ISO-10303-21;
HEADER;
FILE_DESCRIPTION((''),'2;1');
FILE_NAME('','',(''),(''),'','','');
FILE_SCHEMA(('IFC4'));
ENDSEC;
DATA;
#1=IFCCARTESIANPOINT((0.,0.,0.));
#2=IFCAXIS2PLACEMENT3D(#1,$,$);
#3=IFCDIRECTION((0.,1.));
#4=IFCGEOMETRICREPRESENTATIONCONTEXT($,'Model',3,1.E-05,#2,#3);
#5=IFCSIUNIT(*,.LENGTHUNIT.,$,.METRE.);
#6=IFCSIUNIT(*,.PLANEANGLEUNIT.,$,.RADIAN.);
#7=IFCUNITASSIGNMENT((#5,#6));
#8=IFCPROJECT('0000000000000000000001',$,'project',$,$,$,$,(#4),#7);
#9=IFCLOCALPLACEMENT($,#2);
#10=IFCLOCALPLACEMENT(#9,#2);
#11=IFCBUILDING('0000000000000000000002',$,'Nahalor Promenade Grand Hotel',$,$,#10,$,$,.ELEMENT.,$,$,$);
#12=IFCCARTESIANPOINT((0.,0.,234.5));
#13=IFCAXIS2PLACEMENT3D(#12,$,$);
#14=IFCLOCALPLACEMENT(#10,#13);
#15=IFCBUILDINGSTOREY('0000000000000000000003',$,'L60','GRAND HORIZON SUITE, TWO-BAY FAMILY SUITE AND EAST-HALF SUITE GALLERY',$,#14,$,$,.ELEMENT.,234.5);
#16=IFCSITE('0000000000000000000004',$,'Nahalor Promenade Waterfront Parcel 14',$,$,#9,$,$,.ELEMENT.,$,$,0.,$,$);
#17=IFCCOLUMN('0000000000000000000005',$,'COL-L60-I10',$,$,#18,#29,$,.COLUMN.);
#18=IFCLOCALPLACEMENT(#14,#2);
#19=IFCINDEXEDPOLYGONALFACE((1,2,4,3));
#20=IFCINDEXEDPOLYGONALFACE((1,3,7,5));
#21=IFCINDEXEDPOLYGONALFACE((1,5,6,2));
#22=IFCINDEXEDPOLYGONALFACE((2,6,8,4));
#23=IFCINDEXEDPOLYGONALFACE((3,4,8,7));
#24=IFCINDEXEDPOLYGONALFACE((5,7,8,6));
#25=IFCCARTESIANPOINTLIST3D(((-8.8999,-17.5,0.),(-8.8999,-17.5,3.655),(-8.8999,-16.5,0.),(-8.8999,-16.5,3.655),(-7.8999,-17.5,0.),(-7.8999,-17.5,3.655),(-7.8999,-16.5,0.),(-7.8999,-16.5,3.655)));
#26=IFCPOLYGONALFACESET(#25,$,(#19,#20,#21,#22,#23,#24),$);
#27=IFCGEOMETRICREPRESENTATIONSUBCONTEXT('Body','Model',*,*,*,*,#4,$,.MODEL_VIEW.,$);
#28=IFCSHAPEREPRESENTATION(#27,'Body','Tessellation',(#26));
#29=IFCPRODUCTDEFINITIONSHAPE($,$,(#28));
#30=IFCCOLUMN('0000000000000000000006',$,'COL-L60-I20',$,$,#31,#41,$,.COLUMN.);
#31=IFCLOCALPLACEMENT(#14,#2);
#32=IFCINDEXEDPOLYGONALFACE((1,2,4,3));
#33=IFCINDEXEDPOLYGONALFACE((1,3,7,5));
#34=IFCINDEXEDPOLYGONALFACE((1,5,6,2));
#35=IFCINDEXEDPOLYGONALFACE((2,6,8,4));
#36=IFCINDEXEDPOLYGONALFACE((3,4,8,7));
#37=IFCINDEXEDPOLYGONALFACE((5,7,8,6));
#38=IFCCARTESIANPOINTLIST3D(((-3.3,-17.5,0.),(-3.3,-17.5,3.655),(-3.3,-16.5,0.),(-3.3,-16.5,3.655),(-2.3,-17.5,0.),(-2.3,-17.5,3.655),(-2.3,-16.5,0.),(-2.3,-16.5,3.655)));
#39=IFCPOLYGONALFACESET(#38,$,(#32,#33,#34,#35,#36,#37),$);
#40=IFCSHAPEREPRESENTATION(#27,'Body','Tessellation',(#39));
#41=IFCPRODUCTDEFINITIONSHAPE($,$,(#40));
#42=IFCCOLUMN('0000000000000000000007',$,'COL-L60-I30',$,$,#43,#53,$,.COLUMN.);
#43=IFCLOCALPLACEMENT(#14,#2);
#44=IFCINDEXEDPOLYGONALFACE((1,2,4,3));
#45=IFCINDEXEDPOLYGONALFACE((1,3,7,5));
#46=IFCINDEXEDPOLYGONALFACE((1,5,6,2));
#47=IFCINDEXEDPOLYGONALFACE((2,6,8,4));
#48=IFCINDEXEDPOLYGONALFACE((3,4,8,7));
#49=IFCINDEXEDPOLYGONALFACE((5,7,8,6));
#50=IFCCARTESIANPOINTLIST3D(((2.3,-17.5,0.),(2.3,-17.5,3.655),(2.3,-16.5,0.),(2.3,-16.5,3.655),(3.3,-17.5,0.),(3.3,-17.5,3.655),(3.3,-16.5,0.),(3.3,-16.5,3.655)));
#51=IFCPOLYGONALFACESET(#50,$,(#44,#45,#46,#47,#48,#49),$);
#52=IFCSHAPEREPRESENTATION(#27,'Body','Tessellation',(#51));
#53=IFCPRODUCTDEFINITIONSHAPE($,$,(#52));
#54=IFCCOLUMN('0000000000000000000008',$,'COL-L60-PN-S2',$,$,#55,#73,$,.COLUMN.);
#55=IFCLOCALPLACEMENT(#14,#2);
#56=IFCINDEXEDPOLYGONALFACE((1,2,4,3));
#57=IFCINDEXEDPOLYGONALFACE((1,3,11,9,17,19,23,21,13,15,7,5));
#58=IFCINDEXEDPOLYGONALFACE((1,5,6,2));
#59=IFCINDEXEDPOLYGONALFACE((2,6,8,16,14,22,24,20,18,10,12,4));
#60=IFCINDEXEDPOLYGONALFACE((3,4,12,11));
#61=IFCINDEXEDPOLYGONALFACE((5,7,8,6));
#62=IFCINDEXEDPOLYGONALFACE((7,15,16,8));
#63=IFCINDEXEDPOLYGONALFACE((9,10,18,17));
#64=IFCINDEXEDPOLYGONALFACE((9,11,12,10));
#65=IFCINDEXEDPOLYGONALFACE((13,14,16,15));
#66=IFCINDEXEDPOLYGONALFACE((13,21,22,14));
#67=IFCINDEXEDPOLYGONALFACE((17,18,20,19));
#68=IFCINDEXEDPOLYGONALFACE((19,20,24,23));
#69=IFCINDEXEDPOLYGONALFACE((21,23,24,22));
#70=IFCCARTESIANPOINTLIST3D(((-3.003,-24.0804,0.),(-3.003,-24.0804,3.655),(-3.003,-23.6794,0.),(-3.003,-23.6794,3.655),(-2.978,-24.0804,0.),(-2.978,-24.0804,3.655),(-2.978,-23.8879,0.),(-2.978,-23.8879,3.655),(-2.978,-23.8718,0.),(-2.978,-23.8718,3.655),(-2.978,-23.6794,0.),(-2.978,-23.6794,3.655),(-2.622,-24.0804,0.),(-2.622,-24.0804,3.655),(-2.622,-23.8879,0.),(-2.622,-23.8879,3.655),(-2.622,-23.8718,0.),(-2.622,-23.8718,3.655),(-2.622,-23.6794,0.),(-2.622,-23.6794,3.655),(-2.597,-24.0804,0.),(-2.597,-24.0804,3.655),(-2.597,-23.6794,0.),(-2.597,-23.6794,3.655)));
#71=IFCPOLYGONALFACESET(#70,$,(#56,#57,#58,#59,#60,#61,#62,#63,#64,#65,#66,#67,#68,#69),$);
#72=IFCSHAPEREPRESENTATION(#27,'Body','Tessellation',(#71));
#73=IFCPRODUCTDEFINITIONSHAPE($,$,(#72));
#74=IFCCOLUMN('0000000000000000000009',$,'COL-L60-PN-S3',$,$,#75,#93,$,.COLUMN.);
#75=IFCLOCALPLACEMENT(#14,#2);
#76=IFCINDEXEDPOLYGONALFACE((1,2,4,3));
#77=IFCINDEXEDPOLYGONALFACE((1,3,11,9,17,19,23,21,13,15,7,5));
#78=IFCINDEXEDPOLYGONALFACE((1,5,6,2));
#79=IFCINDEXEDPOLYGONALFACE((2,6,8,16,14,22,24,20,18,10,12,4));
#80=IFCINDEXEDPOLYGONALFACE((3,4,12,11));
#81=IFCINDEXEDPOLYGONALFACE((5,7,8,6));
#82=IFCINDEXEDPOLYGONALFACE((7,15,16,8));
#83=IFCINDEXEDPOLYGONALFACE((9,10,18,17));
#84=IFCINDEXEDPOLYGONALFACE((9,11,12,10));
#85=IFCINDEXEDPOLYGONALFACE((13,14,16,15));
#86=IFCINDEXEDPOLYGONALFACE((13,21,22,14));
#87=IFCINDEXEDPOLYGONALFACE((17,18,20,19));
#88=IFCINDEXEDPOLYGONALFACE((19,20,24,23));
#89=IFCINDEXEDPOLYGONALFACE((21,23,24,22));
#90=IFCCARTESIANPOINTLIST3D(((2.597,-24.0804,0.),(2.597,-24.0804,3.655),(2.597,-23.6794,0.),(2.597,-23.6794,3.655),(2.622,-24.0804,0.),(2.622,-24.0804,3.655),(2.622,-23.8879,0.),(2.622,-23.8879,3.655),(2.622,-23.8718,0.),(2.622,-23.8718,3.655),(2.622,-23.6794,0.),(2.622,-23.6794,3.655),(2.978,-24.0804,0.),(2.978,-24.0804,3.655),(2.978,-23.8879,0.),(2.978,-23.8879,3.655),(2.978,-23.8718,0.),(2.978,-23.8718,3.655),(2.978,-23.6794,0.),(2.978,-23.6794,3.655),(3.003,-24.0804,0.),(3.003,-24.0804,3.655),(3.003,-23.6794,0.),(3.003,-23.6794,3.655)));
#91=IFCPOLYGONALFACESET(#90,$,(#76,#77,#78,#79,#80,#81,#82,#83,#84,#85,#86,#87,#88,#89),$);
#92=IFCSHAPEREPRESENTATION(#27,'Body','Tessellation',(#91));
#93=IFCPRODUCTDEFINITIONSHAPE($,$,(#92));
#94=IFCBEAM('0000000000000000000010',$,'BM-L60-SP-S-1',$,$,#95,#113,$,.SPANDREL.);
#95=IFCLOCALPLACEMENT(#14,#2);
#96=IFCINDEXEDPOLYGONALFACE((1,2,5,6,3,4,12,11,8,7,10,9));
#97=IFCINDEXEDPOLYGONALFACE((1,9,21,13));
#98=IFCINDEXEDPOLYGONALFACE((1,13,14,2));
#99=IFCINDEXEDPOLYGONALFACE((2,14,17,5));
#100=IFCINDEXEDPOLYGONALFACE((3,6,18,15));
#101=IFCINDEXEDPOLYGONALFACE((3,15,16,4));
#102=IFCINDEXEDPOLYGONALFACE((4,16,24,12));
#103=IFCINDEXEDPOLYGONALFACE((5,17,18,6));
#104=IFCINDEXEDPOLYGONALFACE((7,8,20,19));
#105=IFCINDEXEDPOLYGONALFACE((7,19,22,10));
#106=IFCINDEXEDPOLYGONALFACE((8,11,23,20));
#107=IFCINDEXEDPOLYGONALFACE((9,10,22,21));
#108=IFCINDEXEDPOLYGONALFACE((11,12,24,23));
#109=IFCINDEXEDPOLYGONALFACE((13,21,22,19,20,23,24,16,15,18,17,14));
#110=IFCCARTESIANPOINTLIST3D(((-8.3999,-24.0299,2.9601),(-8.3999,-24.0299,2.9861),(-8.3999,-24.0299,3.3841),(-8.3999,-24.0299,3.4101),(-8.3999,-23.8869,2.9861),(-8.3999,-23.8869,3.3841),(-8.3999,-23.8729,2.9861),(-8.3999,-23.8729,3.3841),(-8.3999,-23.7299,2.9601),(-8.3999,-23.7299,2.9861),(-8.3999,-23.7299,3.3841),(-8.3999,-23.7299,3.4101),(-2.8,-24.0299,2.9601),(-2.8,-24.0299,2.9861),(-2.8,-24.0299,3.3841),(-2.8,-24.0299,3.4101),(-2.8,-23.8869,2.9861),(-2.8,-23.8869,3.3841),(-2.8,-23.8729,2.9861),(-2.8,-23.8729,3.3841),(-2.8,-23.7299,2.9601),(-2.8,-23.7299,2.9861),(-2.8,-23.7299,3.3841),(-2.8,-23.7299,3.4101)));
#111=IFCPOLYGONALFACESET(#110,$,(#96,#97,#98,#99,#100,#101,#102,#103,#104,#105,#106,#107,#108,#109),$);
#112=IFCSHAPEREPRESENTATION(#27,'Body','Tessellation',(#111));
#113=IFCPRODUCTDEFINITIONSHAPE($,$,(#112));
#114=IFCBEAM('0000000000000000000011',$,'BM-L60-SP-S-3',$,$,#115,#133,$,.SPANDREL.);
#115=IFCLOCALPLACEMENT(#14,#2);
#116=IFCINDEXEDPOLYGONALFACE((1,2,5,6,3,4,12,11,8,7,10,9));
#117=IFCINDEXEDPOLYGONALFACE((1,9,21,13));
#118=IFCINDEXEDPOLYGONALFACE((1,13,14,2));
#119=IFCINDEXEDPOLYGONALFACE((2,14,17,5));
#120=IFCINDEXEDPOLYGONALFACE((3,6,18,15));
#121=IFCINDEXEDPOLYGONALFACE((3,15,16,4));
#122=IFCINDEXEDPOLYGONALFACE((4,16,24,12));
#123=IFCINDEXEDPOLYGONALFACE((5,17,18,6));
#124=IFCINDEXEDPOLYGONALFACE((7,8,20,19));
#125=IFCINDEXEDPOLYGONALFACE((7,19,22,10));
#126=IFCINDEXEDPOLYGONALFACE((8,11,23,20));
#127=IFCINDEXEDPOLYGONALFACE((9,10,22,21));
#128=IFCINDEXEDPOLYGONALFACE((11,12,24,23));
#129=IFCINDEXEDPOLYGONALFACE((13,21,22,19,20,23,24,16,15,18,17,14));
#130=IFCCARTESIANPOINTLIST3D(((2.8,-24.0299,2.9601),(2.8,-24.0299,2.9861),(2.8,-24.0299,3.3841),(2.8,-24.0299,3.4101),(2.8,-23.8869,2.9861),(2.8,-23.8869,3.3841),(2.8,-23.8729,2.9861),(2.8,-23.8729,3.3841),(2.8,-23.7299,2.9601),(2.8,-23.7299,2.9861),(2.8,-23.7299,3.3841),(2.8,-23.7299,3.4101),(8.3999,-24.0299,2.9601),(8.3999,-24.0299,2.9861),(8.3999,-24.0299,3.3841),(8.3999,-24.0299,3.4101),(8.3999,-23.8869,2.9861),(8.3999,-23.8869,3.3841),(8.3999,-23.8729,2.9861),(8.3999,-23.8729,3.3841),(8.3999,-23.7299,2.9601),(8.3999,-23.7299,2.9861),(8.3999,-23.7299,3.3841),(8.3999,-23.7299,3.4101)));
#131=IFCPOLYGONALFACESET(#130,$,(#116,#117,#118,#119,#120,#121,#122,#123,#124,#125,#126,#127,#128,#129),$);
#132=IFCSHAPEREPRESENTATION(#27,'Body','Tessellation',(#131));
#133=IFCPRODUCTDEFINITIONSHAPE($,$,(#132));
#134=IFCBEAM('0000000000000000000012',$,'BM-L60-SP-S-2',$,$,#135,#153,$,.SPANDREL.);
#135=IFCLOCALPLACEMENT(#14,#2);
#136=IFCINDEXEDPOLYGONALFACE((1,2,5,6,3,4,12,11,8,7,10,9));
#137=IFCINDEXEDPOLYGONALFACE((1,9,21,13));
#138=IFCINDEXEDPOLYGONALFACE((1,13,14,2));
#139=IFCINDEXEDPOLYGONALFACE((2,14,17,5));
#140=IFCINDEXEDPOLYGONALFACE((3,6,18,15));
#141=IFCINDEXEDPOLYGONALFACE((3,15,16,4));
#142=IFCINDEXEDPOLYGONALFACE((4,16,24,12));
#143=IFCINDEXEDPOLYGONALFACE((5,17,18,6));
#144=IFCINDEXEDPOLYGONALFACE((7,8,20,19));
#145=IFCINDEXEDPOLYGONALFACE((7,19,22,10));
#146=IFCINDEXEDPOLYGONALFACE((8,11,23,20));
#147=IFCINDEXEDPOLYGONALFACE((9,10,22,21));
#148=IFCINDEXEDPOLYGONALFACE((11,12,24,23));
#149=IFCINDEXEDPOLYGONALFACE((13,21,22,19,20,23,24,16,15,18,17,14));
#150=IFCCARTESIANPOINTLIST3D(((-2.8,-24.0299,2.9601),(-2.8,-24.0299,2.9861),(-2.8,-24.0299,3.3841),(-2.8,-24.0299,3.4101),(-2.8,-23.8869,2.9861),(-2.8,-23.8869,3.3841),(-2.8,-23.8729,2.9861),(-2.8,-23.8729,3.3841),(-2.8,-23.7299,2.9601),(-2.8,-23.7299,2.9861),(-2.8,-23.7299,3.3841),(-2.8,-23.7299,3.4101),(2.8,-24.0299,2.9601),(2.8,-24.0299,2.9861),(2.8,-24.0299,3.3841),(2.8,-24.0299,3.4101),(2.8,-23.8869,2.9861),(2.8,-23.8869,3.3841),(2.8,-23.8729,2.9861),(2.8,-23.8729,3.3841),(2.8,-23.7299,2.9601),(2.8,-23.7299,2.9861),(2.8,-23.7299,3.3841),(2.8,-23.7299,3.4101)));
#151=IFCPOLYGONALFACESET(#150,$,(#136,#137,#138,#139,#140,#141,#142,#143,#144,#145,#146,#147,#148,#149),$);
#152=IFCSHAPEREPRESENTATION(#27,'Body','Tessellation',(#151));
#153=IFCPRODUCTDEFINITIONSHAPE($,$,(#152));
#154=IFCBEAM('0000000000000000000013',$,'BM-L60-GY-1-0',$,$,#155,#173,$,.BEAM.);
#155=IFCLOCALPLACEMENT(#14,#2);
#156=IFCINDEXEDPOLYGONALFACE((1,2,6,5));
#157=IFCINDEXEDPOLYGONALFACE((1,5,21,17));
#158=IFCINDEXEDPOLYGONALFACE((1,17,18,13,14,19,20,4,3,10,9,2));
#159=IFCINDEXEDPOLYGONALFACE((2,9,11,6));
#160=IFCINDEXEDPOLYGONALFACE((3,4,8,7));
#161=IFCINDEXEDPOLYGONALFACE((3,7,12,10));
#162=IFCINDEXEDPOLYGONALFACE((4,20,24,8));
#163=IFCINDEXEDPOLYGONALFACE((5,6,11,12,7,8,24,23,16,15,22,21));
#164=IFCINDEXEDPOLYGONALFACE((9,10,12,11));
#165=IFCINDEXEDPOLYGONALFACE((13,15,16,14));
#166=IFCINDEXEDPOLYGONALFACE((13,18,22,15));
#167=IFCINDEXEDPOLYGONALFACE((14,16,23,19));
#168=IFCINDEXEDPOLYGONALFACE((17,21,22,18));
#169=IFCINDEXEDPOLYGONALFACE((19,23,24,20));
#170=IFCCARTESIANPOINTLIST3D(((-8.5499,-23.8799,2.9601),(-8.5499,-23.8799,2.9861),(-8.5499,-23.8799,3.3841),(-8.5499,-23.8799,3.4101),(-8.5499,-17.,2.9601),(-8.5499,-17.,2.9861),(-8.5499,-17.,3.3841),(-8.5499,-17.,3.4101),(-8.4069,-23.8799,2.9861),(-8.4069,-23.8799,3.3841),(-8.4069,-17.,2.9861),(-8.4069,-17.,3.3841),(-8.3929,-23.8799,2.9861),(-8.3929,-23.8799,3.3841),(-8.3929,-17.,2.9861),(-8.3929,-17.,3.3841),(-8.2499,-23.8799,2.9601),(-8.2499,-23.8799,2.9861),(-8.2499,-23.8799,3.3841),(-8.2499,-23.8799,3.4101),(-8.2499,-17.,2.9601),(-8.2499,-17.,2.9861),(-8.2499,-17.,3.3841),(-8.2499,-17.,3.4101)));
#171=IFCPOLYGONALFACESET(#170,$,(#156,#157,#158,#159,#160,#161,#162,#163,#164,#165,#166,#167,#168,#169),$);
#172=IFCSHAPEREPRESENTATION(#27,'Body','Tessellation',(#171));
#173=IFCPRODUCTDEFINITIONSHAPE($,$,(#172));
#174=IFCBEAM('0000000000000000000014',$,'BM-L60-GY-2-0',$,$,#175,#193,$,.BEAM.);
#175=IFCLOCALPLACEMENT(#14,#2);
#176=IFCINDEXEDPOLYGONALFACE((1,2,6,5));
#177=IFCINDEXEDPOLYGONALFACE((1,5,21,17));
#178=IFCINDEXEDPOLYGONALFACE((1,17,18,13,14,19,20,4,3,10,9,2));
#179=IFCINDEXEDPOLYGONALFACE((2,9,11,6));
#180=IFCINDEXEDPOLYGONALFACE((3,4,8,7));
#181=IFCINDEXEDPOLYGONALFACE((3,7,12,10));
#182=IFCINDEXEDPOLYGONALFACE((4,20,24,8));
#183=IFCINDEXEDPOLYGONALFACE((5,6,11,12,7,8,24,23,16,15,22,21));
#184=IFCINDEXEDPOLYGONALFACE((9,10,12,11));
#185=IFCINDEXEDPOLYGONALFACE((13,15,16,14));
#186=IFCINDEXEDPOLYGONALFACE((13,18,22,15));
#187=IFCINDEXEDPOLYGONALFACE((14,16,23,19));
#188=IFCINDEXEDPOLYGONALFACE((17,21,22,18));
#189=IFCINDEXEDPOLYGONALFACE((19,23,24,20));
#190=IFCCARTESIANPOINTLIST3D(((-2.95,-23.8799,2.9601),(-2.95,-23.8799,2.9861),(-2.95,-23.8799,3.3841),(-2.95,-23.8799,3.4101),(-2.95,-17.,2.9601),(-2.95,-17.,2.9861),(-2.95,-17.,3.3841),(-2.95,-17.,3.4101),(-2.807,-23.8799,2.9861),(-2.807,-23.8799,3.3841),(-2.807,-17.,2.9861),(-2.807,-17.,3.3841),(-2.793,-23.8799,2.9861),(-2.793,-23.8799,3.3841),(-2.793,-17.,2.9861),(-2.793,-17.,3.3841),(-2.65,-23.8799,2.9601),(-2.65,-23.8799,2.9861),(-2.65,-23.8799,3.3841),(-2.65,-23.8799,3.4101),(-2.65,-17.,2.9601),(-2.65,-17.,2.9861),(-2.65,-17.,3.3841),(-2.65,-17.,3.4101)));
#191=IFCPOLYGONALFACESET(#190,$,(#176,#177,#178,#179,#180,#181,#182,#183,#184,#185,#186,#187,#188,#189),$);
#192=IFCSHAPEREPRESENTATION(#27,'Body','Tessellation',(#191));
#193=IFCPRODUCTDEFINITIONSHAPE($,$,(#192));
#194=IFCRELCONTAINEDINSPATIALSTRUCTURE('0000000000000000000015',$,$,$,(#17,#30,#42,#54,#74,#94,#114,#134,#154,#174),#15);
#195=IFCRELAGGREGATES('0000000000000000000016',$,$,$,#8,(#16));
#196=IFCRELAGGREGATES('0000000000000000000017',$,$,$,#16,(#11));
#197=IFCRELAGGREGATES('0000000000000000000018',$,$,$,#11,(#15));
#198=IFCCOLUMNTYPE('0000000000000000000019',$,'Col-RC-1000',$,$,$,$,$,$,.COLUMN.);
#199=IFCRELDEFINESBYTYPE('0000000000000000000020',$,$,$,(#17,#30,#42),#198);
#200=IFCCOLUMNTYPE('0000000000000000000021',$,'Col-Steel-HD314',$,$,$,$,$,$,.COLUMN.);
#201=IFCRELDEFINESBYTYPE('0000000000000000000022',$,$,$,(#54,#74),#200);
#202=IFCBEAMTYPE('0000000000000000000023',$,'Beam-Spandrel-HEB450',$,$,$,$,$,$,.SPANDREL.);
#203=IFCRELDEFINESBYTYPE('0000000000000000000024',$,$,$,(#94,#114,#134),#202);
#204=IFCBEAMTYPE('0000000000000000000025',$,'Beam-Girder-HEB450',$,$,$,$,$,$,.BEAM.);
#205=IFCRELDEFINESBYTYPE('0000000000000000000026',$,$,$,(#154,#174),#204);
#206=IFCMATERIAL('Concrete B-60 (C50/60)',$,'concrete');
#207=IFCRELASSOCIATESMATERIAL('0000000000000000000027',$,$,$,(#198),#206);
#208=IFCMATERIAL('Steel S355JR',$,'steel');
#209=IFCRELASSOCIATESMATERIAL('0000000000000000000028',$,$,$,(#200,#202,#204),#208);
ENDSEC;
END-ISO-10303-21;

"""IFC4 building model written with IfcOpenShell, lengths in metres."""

from ifc_helpers import new_model, si_unit, direction, frame, origin, origin_2d, place, context, subcontext, project, spatial, rectangle, i_section, extrude, source, transform, mapped, material, material_profile, profile_set, type_object, element, save


model = new_model("IFC4")

# Units and contexts
model_context = context("Model", 3, precision=1e-05, world=origin(), true_north=direction((0.0, 1.0)))
body_context = subcontext(model_context, "Body", "Model", "MODEL_VIEW")
ifc_project = project(units=[si_unit("LENGTHUNIT", "METRE"), si_unit("PLANEANGLEUNIT", "RADIAN")], contexts=[model_context])

# Site, building, storey
site_placement = place(None, origin())
site = spatial("IfcSite", under=ifc_project, at=site_placement, Name="Nahalor Promenade Waterfront Parcel 14", CompositionType="ELEMENT", RefElevation=0.0)
building_placement = place(site_placement, origin())
building = spatial("IfcBuilding", under=site, at=building_placement, Name="Nahalor Promenade Grand Hotel", CompositionType="ELEMENT")
storey_placement = place(building_placement, frame((0.0, 0.0, 234.5)))
storey = spatial("IfcBuildingStorey", under=building, at=storey_placement, Name="L60", Description="GRAND HORIZON SUITE, TWO-BAY FAMILY SUITE AND EAST-HALF SUITE GALLERY", CompositionType="ELEMENT", Elevation=234.5)

# Columns
ifc_material_1 = material(Name="Concrete B-60 (C50/60)", Category="concrete")
ifc_material_profile_1 = material_profile(ifc_material_1, rectangle(XDim=1.0, YDim=1.0, at=origin_2d()), Name="RC 1000x1000")
ifc_profile_set_1 = profile_set([ifc_material_profile_1], Name="Concrete B-60 (C50/60)")
column_type_1 = type_object("IfcColumnType", Name="Col-RC-1000", PredefinedType="COLUMN", material=ifc_profile_set_1)
shared_shape_1 = source(origin(), body_context, "Body", "SweptSolid", [
    extrude(rectangle(XDim=1.0, YDim=1.0, at=origin_2d()), origin(), (0.0, 0.0, 1.0), 3.655),
])
for number, where, z_axis, x_axis, name in (
    (1, (-8.3999, -17.0, 0.0), (0.0, 0.0, 1.0), (1.0, 0.0, 0.0), "COL-L60-I10"),
    (2, (-2.8, -17.0, 0.0), (0.0, 0.0, 1.0), (1.0, 0.0, 0.0), "COL-L60-I20"),
    (3, (2.8, -17.0, 0.0), (0.0, 0.0, 1.0), (1.0, 0.0, 0.0), "COL-L60-I30"),
):
    element("IfcColumn", number, at=place(storey_placement, frame(where, z_axis=z_axis, x_axis=x_axis)), inside=storey, type_object=column_type_1, Name=name, PredefinedType="COLUMN", context=body_context, shape_type="MappedRepresentation", body=[
        mapped(shared_shape_1, transform((0.0, 0.0, 0.0), scale=1.0)),
    ])
ifc_material_2 = material(Name="Steel S355JR", Category="steel")
ifc_material_profile_2 = material_profile(ifc_material_2, i_section(OverallWidth=0.401, OverallDepth=0.406, WebThickness=0.0161, FlangeThickness=0.025, at=origin_2d()), Name="HD 400x314")
ifc_profile_set_2 = profile_set([ifc_material_profile_2], Name="Steel S355JR")
column_type_2 = type_object("IfcColumnType", Name="Col-Steel-HD314", PredefinedType="COLUMN", material=ifc_profile_set_2)
shared_shape_2 = source(origin(), body_context, "Body", "SweptSolid", [
    extrude(i_section(OverallWidth=0.401, OverallDepth=0.406, WebThickness=0.0161, FlangeThickness=0.025, at=origin_2d()), origin(), (0.0, 0.0, 1.0), 3.655),
])
for number, where, z_axis, x_axis, name in (
    (4, (-2.8, -23.8799, 0.0), (0.0, 0.0, 1.0), (0.0, 1.0, 0.0), "COL-L60-PN-S2"),
    (5, (2.8, -23.8799, 0.0), (0.0, 0.0, 1.0), (0.0, 1.0, 0.0), "COL-L60-PN-S3"),
):
    element("IfcColumn", number, at=place(storey_placement, frame(where, z_axis=z_axis, x_axis=x_axis)), inside=storey, type_object=column_type_2, Name=name, PredefinedType="COLUMN", context=body_context, shape_type="MappedRepresentation", body=[
        mapped(shared_shape_2, transform((0.0, 0.0, 0.0), scale=1.0)),
    ])

# Beams
ifc_material_profile_3 = material_profile(ifc_material_2, i_section(OverallWidth=0.3, OverallDepth=0.45, WebThickness=0.014, FlangeThickness=0.026, at=origin_2d()), Name="HEB 450")
ifc_profile_set_3 = profile_set([ifc_material_profile_3], Name="Steel S355JR")
beam_type_1 = type_object("IfcBeamType", Name="Beam-Spandrel-HEB450", PredefinedType="SPANDREL", material=ifc_profile_set_3)
shared_shape_3 = source(origin(), body_context, "Body", "SweptSolid", [
    extrude(i_section(OverallWidth=0.3, OverallDepth=0.45, WebThickness=0.014, FlangeThickness=0.026, at=origin_2d()), origin(), (0.0, 0.0, 1.0), 5.5999),
])
for number, where, z_axis, x_axis, name in (
    (6, (-8.3999, -23.8799, 3.1851), (1.0, 0.0, 0.0), (0.0, 1.0, 0.0), "BM-L60-SP-S-1"),
    (7, (2.8, -23.8799, 3.1851), (1.0, 0.0, 0.0), (0.0, 1.0, 0.0), "BM-L60-SP-S-3"),
):
    element("IfcBeam", number, at=place(storey_placement, frame(where, z_axis=z_axis, x_axis=x_axis)), inside=storey, type_object=beam_type_1, Name=name, PredefinedType="SPANDREL", context=body_context, shape_type="MappedRepresentation", body=[
        mapped(shared_shape_3, transform((0.0, 0.0, 0.0), scale=1.0)),
    ])
shared_shape_4 = source(origin(), body_context, "Body", "SweptSolid", [
    extrude(i_section(OverallWidth=0.3, OverallDepth=0.45, WebThickness=0.014, FlangeThickness=0.026, at=origin_2d()), origin(), (0.0, 0.0, 1.0), 5.6001),
])
beam_1_placement = place(storey_placement, frame((-2.8, -23.8799, 3.1851), z_axis=(1.0, 0.0, 0.0), x_axis=(0.0, 1.0, 0.0)))
element("IfcBeam", 8, at=beam_1_placement, inside=storey, type_object=beam_type_1, Name="BM-L60-SP-S-2", PredefinedType="SPANDREL", context=body_context, shape_type="MappedRepresentation", body=[
    mapped(shared_shape_4, transform((0.0, 0.0, 0.0), scale=1.0)),
])
ifc_material_profile_4 = material_profile(ifc_material_2, i_section(OverallWidth=0.3, OverallDepth=0.45, WebThickness=0.014, FlangeThickness=0.026, at=origin_2d()), Name="HEB 450")
ifc_profile_set_4 = profile_set([ifc_material_profile_4], Name="Steel S355JR")
beam_type_2 = type_object("IfcBeamType", Name="Beam-Girder-HEB450", PredefinedType="BEAM", material=ifc_profile_set_4)
shared_shape_5 = source(origin(), body_context, "Body", "SweptSolid", [
    extrude(i_section(OverallWidth=0.3, OverallDepth=0.45, WebThickness=0.014, FlangeThickness=0.026, at=origin_2d()), origin(), (0.0, 0.0, 1.0), 6.8799),
])
for number, where, z_axis, x_axis, name in (
    (9, (-8.3999, -23.8799, 3.1851), (0.0, 1.0, 0.0), (-1.0, 0.0, 0.0), "BM-L60-GY-1-0"),
    (10, (-2.8, -23.8799, 3.1851), (0.0, 1.0, 0.0), (-1.0, 0.0, 0.0), "BM-L60-GY-2-0"),
):
    element("IfcBeam", number, at=place(storey_placement, frame(where, z_axis=z_axis, x_axis=x_axis)), inside=storey, type_object=beam_type_2, Name=name, PredefinedType="BEAM", context=body_context, shape_type="MappedRepresentation", body=[
        mapped(shared_shape_5, transform((0.0, 0.0, 0.0), scale=1.0)),
    ])

save(model, "model.ifc")
